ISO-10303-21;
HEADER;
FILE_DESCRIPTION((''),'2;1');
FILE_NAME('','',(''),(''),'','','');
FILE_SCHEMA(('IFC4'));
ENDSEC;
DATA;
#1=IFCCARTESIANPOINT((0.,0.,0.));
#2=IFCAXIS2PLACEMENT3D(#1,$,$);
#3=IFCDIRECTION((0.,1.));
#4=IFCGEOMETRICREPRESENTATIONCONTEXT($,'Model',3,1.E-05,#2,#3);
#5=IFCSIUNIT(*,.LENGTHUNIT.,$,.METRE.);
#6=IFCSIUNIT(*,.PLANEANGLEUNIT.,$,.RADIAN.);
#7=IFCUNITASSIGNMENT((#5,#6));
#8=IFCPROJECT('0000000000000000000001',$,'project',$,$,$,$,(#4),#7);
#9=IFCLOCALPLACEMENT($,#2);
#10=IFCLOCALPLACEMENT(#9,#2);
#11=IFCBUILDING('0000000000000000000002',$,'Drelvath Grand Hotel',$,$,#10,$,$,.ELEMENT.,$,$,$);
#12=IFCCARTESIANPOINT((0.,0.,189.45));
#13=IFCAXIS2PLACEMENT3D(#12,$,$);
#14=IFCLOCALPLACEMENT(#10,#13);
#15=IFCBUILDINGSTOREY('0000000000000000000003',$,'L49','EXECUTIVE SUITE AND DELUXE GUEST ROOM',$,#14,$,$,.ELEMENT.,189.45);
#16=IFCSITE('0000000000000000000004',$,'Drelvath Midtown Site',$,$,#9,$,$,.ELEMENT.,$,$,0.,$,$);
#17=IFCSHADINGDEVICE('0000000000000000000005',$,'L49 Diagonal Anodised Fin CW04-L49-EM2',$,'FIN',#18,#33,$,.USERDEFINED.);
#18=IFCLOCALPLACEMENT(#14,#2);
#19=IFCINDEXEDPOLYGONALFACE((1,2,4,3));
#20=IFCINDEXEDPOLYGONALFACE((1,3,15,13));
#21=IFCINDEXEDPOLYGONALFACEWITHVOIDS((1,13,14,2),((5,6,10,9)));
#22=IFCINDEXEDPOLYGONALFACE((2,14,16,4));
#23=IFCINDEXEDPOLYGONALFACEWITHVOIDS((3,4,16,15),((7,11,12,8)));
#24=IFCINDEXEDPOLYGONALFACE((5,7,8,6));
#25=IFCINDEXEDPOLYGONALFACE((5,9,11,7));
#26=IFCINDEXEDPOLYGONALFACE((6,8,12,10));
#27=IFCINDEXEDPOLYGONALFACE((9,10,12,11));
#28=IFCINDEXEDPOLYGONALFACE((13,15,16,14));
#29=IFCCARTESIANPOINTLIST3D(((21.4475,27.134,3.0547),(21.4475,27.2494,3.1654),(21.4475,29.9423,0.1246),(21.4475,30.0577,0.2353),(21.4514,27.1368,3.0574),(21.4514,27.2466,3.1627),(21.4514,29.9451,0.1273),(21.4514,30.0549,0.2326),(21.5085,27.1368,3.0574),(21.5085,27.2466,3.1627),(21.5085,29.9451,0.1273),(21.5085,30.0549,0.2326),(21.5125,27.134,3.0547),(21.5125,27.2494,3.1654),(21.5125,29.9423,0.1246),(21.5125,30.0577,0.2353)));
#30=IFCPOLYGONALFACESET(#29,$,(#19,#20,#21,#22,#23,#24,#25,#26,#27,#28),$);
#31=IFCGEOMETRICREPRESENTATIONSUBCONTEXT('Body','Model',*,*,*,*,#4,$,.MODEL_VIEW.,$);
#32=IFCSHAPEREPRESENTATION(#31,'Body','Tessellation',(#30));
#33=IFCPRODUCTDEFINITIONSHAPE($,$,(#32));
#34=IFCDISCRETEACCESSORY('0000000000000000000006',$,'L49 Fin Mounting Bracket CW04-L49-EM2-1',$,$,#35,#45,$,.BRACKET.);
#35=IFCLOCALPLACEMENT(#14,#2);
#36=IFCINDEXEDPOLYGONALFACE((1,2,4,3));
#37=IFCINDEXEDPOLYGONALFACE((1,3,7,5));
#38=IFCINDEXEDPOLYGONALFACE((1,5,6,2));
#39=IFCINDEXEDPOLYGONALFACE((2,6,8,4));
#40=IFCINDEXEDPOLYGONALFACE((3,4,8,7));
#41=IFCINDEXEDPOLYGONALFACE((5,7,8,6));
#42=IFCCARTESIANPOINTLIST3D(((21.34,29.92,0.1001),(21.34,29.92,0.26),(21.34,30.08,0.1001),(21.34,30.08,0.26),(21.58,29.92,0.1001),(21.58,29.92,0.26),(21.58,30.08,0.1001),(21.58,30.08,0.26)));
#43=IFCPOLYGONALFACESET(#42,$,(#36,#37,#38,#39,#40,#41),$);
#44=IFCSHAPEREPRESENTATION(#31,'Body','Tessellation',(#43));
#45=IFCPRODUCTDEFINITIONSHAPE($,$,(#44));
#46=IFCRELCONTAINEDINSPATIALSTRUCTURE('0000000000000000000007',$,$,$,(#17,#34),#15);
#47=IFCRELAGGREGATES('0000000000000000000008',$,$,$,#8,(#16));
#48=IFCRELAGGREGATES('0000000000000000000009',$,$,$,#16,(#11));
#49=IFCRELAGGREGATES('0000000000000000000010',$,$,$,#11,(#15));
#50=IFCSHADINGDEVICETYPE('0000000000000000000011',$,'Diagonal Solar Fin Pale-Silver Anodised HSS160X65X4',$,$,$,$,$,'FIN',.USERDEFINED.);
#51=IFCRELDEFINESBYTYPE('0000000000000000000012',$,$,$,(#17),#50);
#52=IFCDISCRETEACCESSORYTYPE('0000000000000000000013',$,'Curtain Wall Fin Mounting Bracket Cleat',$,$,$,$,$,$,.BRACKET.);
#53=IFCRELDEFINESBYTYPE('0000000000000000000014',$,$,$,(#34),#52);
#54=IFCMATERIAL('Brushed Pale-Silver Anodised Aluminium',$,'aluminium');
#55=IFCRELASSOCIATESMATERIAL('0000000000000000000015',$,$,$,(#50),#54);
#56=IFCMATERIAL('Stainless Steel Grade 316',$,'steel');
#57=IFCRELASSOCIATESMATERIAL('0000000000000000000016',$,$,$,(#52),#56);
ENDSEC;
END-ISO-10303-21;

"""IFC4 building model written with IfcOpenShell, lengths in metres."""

from ifc_helpers import new_model, si_unit, direction, frame, origin, origin_2d, place, context, subcontext, project, spatial, rectangle, hollow_rectangle, extrude, material, material_profile, profile_set, type_object, element, save


model = new_model("IFC4")

# Units and contexts
model_context = context("Model", 3, precision=1e-05, world=origin(), true_north=direction((0.0, 1.0)))
body_context = subcontext(model_context, "Body", "Model", "MODEL_VIEW")
ifc_project = project(units=[si_unit("LENGTHUNIT", "METRE"), si_unit("PLANEANGLEUNIT", "RADIAN")], contexts=[model_context])

# Site, building, storey
site_placement = place(None, origin())
site = spatial("IfcSite", under=ifc_project, at=site_placement, Name="Drelvath Midtown Site", CompositionType="ELEMENT", RefElevation=0.0)
building_placement = place(site_placement, origin())
building = spatial("IfcBuilding", under=site, at=building_placement, Name="Drelvath Grand Hotel", CompositionType="ELEMENT")
storey_placement = place(building_placement, frame((0.0, 0.0, 189.45)))
storey = spatial("IfcBuildingStorey", under=building, at=storey_placement, Name="L49", Description="EXECUTIVE SUITE AND DELUXE GUEST ROOM", CompositionType="ELEMENT", Elevation=189.45)

# Shading device
ifc_material_1 = material(Name="Brushed Pale-Silver Anodised Aluminium", Category="aluminium")
ifc_material_profile_1 = material_profile(ifc_material_1, hollow_rectangle(XDim=0.0649, YDim=0.1599, WallThickness=0.0039, at=origin_2d()), Name="HSS160X65X4")
ifc_profile_set_1 = profile_set([ifc_material_profile_1], Name="Brushed Pale-Silver Anodised Aluminium")
shading_device_type = type_object("IfcShadingDeviceType", Name="Diagonal Solar Fin Pale-Silver Anodised HSS160X65X4", ElementType="FIN", PredefinedType="USERDEFINED", material=ifc_profile_set_1)
shading_device_placement = place(storey_placement, frame((21.48, 30.0, 0.1799), z_axis=(0.0, -0.691939, 0.721956), x_axis=(1.0, 0.0, 0.0)))
element("IfcShadingDevice", 1, at=shading_device_placement, inside=storey, type_object=shading_device_type, Name="L49 Diagonal Anodised Fin CW04-L49-EM2", ObjectType="FIN", PredefinedType="USERDEFINED", context=body_context, shape_type="SweptSolid", body=[
    extrude(hollow_rectangle(XDim=0.0649, YDim=0.1599, WallThickness=0.0039, at=origin_2d()), origin(), (0.0, 0.0, 1.0), 4.0586),
])

# Discrete accessory
ifc_material_2 = material(Name="Stainless Steel Grade 316", Category="steel")
discrete_accessory_type = type_object("IfcDiscreteAccessoryType", Name="Curtain Wall Fin Mounting Bracket Cleat", PredefinedType="BRACKET", material=ifc_material_2)
discrete_accessory_placement = place(storey_placement, frame((21.46, 30.0, 0.1001), z_axis=(0.0, 0.0, 1.0), x_axis=(0.0, -1.0, 0.0)))
element("IfcDiscreteAccessory", 2, at=discrete_accessory_placement, inside=storey, type_object=discrete_accessory_type, Name="L49 Fin Mounting Bracket CW04-L49-EM2-1", PredefinedType="BRACKET", context=body_context, shape_type="SweptSolid", body=[
    extrude(rectangle(XDim=0.1599, YDim=0.24, at=origin_2d()), origin(), (0.0, 0.0, 1.0), 0.1599),
])

save(model, "model.ifc")
